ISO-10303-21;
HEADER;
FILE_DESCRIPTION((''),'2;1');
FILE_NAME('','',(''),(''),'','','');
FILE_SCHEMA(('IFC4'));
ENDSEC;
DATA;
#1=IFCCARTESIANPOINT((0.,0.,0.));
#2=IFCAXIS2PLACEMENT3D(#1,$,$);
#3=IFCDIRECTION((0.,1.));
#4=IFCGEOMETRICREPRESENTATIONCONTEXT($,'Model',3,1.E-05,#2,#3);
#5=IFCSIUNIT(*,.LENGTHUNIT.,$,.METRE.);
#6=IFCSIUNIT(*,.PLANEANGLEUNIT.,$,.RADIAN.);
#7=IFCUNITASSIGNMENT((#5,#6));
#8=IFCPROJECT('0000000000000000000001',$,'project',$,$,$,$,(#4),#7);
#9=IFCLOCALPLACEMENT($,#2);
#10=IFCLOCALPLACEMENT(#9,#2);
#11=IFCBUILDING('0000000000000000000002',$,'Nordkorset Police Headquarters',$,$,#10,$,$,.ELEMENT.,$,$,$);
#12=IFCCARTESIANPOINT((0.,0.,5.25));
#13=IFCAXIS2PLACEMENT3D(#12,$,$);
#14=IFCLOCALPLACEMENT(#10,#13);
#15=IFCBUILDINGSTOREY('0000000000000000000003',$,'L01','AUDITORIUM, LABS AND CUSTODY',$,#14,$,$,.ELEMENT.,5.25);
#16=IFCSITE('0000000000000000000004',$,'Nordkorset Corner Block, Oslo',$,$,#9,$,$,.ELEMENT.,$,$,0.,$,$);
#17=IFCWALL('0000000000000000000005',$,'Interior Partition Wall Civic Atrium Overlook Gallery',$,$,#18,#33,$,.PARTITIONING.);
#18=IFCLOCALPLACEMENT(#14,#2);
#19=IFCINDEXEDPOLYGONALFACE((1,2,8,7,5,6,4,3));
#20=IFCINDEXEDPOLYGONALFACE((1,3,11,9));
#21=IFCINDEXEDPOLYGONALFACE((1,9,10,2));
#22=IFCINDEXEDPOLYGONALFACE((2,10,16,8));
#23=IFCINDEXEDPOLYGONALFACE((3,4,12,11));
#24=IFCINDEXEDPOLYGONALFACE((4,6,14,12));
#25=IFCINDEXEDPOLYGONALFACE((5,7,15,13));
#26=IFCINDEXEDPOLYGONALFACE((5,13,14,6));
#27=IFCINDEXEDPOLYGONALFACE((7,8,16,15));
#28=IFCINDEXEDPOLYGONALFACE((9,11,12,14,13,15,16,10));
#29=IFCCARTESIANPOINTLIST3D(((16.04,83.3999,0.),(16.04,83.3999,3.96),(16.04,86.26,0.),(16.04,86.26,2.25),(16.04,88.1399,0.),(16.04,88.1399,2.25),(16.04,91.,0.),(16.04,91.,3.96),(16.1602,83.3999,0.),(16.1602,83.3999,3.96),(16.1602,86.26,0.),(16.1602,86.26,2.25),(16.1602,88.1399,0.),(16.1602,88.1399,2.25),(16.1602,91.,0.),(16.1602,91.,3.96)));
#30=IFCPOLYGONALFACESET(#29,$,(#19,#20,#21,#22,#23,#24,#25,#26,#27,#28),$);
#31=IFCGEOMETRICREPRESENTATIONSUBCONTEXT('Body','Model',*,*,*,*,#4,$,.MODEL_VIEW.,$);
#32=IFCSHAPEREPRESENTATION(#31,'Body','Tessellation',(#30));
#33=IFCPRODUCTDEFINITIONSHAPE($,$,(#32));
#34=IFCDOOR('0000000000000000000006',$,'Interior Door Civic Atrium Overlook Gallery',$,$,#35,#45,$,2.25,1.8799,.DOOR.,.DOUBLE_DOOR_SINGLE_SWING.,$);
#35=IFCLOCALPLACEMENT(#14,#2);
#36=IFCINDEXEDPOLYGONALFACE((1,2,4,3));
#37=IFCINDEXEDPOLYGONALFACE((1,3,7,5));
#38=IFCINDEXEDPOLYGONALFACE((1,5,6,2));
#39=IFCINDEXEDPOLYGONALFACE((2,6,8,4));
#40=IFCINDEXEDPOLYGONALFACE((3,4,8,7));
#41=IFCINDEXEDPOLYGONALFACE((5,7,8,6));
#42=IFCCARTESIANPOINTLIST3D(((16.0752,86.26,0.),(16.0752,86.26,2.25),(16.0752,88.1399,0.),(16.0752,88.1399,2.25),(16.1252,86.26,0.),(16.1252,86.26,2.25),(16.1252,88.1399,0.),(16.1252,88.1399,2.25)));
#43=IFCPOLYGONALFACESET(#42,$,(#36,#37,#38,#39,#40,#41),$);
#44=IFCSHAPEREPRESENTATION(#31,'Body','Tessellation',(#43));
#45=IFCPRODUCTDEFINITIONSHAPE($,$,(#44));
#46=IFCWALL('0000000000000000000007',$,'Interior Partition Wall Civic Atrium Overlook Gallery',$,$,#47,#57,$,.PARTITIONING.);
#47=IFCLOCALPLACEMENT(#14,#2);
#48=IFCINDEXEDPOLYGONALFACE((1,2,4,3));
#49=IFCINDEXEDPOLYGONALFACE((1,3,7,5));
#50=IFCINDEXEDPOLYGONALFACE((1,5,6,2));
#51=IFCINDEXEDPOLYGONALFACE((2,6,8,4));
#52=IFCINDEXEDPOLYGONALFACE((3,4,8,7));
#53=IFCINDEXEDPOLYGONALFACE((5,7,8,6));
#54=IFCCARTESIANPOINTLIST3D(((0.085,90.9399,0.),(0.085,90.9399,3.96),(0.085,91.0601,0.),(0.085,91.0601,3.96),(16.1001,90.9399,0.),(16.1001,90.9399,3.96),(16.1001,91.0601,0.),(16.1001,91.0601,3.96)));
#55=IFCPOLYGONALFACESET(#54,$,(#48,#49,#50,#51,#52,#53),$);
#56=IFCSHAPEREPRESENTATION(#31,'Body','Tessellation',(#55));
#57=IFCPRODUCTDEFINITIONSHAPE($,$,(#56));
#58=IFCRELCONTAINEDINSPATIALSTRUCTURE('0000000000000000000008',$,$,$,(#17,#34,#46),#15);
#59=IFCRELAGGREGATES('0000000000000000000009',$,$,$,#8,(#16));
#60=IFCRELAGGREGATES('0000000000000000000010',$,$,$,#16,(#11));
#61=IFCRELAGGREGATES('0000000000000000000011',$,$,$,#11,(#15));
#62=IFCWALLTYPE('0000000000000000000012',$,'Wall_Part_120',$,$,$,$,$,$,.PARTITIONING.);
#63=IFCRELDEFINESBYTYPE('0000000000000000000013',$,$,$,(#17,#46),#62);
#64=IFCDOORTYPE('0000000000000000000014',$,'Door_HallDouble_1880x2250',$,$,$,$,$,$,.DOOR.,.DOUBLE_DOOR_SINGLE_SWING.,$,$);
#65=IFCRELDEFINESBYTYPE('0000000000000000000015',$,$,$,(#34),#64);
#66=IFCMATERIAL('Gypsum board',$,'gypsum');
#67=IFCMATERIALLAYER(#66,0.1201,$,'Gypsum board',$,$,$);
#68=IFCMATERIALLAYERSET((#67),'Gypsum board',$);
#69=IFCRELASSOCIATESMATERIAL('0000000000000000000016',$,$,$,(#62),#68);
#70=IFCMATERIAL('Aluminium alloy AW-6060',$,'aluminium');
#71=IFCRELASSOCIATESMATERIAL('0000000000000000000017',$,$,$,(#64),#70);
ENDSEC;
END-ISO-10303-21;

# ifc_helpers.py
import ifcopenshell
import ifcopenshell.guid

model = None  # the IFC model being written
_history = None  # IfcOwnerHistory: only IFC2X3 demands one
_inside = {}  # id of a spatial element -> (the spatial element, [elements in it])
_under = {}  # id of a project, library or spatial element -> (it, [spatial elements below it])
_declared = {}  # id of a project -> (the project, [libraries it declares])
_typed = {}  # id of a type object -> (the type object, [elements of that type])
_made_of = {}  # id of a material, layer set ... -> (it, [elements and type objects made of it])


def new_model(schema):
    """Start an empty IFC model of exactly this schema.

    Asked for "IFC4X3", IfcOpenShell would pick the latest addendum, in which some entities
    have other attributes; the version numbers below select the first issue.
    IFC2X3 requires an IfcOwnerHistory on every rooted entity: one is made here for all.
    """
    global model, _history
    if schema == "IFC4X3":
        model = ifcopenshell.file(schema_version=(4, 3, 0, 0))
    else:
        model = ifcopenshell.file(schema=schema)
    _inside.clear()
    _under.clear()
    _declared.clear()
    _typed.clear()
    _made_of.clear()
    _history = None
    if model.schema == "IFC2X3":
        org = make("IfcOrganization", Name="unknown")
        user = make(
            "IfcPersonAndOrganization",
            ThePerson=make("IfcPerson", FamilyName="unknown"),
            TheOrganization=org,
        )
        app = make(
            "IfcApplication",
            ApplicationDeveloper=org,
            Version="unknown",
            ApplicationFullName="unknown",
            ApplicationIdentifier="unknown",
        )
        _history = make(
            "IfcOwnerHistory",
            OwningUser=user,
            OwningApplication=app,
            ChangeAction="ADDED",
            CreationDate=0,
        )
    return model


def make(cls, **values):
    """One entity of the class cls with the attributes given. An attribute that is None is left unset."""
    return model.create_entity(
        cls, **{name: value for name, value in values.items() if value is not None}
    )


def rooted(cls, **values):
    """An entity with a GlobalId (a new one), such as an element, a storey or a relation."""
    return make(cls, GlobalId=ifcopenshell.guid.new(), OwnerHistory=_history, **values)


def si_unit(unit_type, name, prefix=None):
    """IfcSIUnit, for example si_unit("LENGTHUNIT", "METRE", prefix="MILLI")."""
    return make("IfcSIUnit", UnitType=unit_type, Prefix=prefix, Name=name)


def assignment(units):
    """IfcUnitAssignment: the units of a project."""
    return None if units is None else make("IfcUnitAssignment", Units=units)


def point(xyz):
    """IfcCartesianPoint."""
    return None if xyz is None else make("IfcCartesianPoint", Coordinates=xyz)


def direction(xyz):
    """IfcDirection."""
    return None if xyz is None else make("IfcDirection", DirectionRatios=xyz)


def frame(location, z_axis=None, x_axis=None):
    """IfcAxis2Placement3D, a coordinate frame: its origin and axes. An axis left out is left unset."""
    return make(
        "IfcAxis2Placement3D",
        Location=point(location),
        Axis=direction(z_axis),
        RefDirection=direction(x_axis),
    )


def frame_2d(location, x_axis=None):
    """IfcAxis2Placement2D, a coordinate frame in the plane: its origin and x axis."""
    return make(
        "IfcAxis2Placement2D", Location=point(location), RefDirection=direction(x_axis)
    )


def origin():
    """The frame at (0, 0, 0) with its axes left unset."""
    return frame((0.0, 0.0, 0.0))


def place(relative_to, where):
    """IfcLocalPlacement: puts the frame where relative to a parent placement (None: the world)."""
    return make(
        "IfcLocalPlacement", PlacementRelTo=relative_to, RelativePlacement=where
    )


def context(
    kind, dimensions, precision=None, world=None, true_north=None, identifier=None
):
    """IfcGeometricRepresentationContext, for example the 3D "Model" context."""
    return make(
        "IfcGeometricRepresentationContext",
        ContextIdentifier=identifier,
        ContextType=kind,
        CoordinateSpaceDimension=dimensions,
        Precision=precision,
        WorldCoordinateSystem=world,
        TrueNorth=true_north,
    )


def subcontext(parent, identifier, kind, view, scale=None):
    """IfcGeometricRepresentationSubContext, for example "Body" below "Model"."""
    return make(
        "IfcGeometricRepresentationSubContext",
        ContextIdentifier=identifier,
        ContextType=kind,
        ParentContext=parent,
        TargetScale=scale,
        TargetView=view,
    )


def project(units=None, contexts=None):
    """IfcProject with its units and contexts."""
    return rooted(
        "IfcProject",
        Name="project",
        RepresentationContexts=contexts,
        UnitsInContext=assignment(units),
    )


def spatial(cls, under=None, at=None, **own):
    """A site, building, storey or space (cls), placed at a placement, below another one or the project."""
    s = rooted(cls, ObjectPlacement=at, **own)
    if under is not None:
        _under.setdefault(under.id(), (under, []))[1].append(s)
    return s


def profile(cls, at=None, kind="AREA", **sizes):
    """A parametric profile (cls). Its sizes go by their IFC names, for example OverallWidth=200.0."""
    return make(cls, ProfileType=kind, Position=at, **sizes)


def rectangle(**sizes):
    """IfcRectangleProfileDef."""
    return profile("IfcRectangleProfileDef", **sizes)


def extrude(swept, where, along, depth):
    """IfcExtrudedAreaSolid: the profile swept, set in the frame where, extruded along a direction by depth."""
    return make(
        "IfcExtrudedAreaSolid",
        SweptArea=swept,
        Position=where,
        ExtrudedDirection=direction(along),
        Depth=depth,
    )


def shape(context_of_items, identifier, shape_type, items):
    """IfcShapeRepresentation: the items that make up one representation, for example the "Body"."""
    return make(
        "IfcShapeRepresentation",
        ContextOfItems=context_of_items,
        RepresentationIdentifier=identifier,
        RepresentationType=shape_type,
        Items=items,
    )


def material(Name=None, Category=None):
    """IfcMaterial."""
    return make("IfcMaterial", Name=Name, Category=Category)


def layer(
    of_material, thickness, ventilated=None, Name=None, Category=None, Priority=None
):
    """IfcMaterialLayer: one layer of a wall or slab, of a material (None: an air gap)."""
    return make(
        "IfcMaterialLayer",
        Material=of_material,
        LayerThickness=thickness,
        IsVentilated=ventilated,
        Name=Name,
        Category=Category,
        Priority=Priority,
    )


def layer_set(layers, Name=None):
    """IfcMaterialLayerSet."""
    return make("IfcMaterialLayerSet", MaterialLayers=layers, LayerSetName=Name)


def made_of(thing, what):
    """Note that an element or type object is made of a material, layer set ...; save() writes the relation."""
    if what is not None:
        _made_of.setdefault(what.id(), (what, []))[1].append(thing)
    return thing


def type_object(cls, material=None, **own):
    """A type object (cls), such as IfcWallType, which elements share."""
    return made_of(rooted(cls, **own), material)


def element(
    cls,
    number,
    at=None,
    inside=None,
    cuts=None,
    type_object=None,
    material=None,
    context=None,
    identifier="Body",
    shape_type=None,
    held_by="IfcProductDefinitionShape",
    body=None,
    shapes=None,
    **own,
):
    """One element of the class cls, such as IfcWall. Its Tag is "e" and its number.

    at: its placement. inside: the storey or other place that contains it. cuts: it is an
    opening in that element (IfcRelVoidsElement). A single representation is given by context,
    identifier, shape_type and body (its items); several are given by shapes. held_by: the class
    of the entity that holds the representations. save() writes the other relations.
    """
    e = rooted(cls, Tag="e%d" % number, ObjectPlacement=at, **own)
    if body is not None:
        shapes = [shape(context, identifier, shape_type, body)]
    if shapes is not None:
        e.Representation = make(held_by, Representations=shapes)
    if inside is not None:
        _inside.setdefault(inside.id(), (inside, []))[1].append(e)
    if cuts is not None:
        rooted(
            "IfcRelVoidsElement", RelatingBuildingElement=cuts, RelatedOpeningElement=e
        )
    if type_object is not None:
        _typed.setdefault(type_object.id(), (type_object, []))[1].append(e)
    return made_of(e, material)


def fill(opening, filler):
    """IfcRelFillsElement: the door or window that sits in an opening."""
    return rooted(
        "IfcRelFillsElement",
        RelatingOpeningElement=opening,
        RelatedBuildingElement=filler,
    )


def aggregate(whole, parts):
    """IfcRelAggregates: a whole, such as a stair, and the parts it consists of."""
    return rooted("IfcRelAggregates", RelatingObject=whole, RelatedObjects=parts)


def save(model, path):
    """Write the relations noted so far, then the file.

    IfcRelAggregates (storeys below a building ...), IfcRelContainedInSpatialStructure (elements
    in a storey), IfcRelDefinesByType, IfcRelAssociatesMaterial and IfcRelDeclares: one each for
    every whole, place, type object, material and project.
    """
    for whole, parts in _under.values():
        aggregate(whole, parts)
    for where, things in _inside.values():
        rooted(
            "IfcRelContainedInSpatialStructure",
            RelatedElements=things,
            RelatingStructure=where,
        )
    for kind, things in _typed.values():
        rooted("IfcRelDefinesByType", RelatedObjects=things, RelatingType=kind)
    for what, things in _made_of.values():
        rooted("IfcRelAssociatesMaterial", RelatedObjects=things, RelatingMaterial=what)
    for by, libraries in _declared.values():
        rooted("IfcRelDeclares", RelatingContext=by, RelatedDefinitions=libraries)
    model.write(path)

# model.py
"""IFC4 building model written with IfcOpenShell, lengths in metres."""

from ifc_helpers import new_model, si_unit, direction, frame, frame_2d, origin, place, context, subcontext, project, spatial, rectangle, extrude, material, layer, layer_set, type_object, element, fill, save


model = new_model("IFC4")

# Units and contexts
model_context = context("Model", 3, precision=1e-05, world=origin(), true_north=direction((0.0, 1.0)))
body_context = subcontext(model_context, "Body", "Model", "MODEL_VIEW")
ifc_project = project(units=[si_unit("LENGTHUNIT", "METRE"), si_unit("PLANEANGLEUNIT", "RADIAN")], contexts=[model_context])

# Site, building, storey
site_placement = place(None, origin())
site = spatial("IfcSite", under=ifc_project, at=site_placement, Name="Nordkorset Corner Block, Oslo", CompositionType="ELEMENT", RefElevation=0.0)
building_placement = place(site_placement, origin())
building = spatial("IfcBuilding", under=site, at=building_placement, Name="Nordkorset Police Headquarters", CompositionType="ELEMENT")
storey_placement = place(building_placement, frame((0.0, 0.0, 5.25)))
storey = spatial("IfcBuildingStorey", under=building, at=storey_placement, Name="L01", Description="AUDITORIUM, LABS AND CUSTODY", CompositionType="ELEMENT", Elevation=5.25)

# Shared definitions
ifc_material_1 = material(Name="Gypsum board", Category="gypsum")
ifc_layer_1 = layer(ifc_material_1, 0.1201, Name="Gypsum board")
ifc_layer_set_1 = layer_set([ifc_layer_1], Name="Gypsum board")
wall_type = type_object("IfcWallType", Name="Wall_Part_120", PredefinedType="PARTITIONING", material=ifc_layer_set_1)

# Wall, opening, door
wall_1_placement = place(storey_placement, frame((16.1001, 83.3999, 0.0), z_axis=(0.0, 0.0, 1.0), x_axis=(0.0, 1.0, 0.0)))
wall_1 = element("IfcWall", 1, at=wall_1_placement, inside=storey, type_object=wall_type, Name="Interior Partition Wall Civic Atrium Overlook Gallery", PredefinedType="PARTITIONING", context=body_context, shape_type="SweptSolid", body=[
    extrude(rectangle(XDim=7.6001, YDim=0.1201, at=frame_2d((3.8, 0.0))), origin(), (0.0, 0.0, 1.0), 3.96),
])
opening_placement = place(wall_1_placement, frame((2.8601, 0.0, 0.0)))
opening = element("IfcOpeningElement", 2, at=opening_placement, cuts=wall_1, PredefinedType="OPENING", context=body_context, shape_type="SweptSolid", body=[
    extrude(rectangle(XDim=1.8799, YDim=2.25, at=frame_2d((0.9399, 1.125))), frame((0.0, 0.0701, 0.0), z_axis=(0.0, -1.0, 0.0), x_axis=(1.0, 0.0, 0.0)), (0.0, 0.0, 1.0), 0.1401),
])
ifc_material_2 = material(Name="Aluminium alloy AW-6060", Category="aluminium")
door_type = type_object("IfcDoorType", Name="Door_HallDouble_1880x2250", OperationType="DOUBLE_DOOR_SINGLE_SWING", PredefinedType="DOOR", material=ifc_material_2)
door_placement = place(opening_placement, origin())
door = element("IfcDoor", 3, at=door_placement, inside=storey, type_object=door_type, Name="Interior Door Civic Atrium Overlook Gallery", OperationType="DOUBLE_DOOR_SINGLE_SWING", OverallHeight=2.25, OverallWidth=1.8799, PredefinedType="DOOR", context=body_context, shape_type="SweptSolid", body=[
    extrude(rectangle(XDim=1.8799, YDim=2.25, at=frame_2d((0.9399, 1.125))), frame((0.0, 0.0249, 0.0), z_axis=(0.0, -1.0, 0.0), x_axis=(1.0, 0.0, 0.0)), (0.0, 0.0, 1.0), 0.05),
])
fill(opening, door)

# Wall
wall_2_placement = place(storey_placement, frame((16.1001, 91.0, 0.0), z_axis=(0.0, 0.0, 1.0), x_axis=(-1.0, 0.0, 0.0)))
element("IfcWall", 4, at=wall_2_placement, inside=storey, type_object=wall_type, Name="Interior Partition Wall Civic Atrium Overlook Gallery", PredefinedType="PARTITIONING", context=body_context, shape_type="SweptSolid", body=[
    extrude(rectangle(XDim=16.0151, YDim=0.1201, at=frame_2d((8.0076, 0.0))), origin(), (0.0, 0.0, 1.0), 3.96),
])

save(model, "model.ifc")
